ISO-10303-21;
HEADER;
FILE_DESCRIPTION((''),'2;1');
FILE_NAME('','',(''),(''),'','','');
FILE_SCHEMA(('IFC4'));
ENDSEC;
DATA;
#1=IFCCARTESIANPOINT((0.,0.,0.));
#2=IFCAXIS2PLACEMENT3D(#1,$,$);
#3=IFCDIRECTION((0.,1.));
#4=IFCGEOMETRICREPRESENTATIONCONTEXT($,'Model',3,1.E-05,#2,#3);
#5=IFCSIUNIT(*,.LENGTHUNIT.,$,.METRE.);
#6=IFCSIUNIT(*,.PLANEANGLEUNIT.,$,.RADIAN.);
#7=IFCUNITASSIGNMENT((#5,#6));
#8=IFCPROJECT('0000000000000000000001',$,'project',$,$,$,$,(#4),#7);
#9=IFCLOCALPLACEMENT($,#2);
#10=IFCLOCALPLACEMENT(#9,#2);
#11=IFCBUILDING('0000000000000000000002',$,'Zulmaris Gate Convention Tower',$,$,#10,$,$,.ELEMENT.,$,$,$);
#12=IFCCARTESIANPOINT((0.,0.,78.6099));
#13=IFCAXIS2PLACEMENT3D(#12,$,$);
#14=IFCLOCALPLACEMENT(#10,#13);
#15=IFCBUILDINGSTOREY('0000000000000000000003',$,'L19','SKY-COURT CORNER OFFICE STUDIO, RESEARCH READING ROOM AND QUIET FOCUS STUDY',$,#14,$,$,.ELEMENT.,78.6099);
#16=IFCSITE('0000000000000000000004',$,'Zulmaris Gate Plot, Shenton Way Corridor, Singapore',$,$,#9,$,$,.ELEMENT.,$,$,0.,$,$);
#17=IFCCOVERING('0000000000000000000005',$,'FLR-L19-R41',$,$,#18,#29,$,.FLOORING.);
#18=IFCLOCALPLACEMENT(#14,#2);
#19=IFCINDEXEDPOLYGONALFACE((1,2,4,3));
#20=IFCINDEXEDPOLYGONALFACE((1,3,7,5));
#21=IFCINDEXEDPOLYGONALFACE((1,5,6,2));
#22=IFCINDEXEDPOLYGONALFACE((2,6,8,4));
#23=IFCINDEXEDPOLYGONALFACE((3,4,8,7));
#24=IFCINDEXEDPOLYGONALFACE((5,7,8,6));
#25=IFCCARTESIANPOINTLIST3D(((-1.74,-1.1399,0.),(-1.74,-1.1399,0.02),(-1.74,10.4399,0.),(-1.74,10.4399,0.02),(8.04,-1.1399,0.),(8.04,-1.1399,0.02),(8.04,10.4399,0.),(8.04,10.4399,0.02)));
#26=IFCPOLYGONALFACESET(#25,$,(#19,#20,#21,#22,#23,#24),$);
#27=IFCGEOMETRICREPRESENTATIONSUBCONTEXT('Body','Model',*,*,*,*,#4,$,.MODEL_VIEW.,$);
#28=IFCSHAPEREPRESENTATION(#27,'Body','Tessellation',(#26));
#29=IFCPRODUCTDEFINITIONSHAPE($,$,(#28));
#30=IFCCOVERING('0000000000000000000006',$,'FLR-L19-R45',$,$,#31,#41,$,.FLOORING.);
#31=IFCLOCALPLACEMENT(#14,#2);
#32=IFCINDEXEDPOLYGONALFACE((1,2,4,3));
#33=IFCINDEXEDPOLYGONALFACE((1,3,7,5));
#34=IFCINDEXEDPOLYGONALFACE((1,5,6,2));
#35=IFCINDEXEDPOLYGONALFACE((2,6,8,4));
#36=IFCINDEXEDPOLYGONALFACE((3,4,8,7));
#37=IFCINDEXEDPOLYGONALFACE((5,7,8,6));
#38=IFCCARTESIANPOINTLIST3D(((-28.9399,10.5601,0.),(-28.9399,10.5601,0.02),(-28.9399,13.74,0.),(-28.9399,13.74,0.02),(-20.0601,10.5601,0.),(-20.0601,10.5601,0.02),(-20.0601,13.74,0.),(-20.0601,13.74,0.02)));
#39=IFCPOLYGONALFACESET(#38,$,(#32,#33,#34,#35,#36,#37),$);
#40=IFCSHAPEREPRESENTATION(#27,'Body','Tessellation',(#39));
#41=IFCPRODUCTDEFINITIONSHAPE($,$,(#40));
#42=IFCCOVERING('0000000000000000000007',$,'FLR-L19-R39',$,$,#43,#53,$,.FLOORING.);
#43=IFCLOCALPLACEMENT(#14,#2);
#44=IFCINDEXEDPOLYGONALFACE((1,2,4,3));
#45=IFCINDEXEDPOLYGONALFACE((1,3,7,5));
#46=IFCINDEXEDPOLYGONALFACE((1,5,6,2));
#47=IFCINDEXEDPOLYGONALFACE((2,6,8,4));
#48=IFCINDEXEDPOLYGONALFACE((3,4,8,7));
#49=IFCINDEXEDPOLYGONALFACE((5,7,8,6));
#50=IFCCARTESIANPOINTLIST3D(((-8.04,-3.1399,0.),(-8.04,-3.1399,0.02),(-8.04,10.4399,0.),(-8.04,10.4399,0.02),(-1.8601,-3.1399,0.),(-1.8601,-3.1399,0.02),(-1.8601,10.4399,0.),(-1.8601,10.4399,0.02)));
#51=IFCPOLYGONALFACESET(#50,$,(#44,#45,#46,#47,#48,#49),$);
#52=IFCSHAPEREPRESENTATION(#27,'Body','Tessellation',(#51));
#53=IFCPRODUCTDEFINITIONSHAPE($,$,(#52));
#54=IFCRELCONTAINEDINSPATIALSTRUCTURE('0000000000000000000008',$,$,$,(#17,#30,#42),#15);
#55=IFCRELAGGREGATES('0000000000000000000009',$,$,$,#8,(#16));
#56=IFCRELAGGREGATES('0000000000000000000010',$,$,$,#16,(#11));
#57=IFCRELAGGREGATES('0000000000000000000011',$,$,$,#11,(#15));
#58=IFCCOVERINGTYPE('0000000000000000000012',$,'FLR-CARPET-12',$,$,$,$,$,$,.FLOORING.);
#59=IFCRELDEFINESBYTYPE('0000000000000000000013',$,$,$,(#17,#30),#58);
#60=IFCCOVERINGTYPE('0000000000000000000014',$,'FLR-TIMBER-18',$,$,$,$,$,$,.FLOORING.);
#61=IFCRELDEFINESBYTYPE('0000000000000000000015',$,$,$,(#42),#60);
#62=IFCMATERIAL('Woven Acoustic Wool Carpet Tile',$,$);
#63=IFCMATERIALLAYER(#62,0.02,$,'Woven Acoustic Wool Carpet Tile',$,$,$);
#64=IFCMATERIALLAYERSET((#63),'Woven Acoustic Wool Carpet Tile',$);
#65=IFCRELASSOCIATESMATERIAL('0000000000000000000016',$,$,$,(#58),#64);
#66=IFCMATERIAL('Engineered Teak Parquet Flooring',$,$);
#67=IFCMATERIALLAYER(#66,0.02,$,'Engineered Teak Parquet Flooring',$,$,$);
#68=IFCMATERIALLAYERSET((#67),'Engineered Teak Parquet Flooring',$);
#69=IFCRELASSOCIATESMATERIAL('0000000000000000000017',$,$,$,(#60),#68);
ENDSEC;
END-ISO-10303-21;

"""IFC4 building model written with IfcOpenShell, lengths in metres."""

from ifc_helpers import new_model, si_unit, direction, frame, origin, place, context, subcontext, project, spatial, polyline, outline, extrude, material, layer, layer_set, type_object, element, save


model = new_model("IFC4")

# Units and contexts
model_context = context("Model", 3, precision=1e-05, world=origin(), true_north=direction((0.0, 1.0)))
body_context = subcontext(model_context, "Body", "Model", "MODEL_VIEW")
ifc_project = project(units=[si_unit("LENGTHUNIT", "METRE"), si_unit("PLANEANGLEUNIT", "RADIAN")], contexts=[model_context])

# Site, building, storey
site_placement = place(None, origin())
site = spatial("IfcSite", under=ifc_project, at=site_placement, Name="Zulmaris Gate Plot, Shenton Way Corridor, Singapore", CompositionType="ELEMENT", RefElevation=0.0)
building_placement = place(site_placement, origin())
building = spatial("IfcBuilding", under=site, at=building_placement, Name="Zulmaris Gate Convention Tower", CompositionType="ELEMENT")
storey_placement = place(building_placement, frame((0.0, 0.0, 78.6099)))
storey = spatial("IfcBuildingStorey", under=building, at=storey_placement, Name="L19", Description="SKY-COURT CORNER OFFICE STUDIO, RESEARCH READING ROOM AND QUIET FOCUS STUDY", CompositionType="ELEMENT", Elevation=78.6099)

# Coverings
ifc_material_1 = material(Name="Woven Acoustic Wool Carpet Tile")
ifc_layer_1 = layer(ifc_material_1, 0.02, Name="Woven Acoustic Wool Carpet Tile")
ifc_layer_set_1 = layer_set([ifc_layer_1], Name="Woven Acoustic Wool Carpet Tile")
covering_type_1 = type_object("IfcCoveringType", Name="FLR-CARPET-12", PredefinedType="FLOORING", material=ifc_layer_set_1)
covering_1_placement = place(storey_placement, origin())
element("IfcCovering", 1, at=covering_1_placement, inside=storey, type_object=covering_type_1, Name="FLR-L19-R41", PredefinedType="FLOORING", context=body_context, shape_type="SweptSolid", body=[
    extrude(outline(polyline([(-1.74, -1.1399), (8.04, -1.1399), (8.04, 10.4399), (-1.74, 10.4399), (-1.74, -1.1399)])), origin(), (0.0, 0.0, 1.0), 0.02),
])
covering_2_placement = place(storey_placement, origin())
element("IfcCovering", 2, at=covering_2_placement, inside=storey, type_object=covering_type_1, Name="FLR-L19-R45", PredefinedType="FLOORING", context=body_context, shape_type="SweptSolid", body=[
    extrude(outline(polyline([(-28.9399, 10.5601), (-20.0601, 10.5601), (-20.0601, 13.74), (-28.9399, 13.74), (-28.9399, 10.5601)])), origin(), (0.0, 0.0, 1.0), 0.02),
])
ifc_material_2 = material(Name="Engineered Teak Parquet Flooring")
ifc_layer_2 = layer(ifc_material_2, 0.02, Name="Engineered Teak Parquet Flooring")
ifc_layer_set_2 = layer_set([ifc_layer_2], Name="Engineered Teak Parquet Flooring")
covering_type_2 = type_object("IfcCoveringType", Name="FLR-TIMBER-18", PredefinedType="FLOORING", material=ifc_layer_set_2)
covering_3_placement = place(storey_placement, origin())
element("IfcCovering", 3, at=covering_3_placement, inside=storey, type_object=covering_type_2, Name="FLR-L19-R39", PredefinedType="FLOORING", context=body_context, shape_type="SweptSolid", body=[
    extrude(outline(polyline([(-8.04, -3.1399), (-1.8601, -3.1399), (-1.8601, 10.4399), (-8.04, 10.4399), (-8.04, -3.1399)])), origin(), (0.0, 0.0, 1.0), 0.02),
])

save(model, "model.ifc")
